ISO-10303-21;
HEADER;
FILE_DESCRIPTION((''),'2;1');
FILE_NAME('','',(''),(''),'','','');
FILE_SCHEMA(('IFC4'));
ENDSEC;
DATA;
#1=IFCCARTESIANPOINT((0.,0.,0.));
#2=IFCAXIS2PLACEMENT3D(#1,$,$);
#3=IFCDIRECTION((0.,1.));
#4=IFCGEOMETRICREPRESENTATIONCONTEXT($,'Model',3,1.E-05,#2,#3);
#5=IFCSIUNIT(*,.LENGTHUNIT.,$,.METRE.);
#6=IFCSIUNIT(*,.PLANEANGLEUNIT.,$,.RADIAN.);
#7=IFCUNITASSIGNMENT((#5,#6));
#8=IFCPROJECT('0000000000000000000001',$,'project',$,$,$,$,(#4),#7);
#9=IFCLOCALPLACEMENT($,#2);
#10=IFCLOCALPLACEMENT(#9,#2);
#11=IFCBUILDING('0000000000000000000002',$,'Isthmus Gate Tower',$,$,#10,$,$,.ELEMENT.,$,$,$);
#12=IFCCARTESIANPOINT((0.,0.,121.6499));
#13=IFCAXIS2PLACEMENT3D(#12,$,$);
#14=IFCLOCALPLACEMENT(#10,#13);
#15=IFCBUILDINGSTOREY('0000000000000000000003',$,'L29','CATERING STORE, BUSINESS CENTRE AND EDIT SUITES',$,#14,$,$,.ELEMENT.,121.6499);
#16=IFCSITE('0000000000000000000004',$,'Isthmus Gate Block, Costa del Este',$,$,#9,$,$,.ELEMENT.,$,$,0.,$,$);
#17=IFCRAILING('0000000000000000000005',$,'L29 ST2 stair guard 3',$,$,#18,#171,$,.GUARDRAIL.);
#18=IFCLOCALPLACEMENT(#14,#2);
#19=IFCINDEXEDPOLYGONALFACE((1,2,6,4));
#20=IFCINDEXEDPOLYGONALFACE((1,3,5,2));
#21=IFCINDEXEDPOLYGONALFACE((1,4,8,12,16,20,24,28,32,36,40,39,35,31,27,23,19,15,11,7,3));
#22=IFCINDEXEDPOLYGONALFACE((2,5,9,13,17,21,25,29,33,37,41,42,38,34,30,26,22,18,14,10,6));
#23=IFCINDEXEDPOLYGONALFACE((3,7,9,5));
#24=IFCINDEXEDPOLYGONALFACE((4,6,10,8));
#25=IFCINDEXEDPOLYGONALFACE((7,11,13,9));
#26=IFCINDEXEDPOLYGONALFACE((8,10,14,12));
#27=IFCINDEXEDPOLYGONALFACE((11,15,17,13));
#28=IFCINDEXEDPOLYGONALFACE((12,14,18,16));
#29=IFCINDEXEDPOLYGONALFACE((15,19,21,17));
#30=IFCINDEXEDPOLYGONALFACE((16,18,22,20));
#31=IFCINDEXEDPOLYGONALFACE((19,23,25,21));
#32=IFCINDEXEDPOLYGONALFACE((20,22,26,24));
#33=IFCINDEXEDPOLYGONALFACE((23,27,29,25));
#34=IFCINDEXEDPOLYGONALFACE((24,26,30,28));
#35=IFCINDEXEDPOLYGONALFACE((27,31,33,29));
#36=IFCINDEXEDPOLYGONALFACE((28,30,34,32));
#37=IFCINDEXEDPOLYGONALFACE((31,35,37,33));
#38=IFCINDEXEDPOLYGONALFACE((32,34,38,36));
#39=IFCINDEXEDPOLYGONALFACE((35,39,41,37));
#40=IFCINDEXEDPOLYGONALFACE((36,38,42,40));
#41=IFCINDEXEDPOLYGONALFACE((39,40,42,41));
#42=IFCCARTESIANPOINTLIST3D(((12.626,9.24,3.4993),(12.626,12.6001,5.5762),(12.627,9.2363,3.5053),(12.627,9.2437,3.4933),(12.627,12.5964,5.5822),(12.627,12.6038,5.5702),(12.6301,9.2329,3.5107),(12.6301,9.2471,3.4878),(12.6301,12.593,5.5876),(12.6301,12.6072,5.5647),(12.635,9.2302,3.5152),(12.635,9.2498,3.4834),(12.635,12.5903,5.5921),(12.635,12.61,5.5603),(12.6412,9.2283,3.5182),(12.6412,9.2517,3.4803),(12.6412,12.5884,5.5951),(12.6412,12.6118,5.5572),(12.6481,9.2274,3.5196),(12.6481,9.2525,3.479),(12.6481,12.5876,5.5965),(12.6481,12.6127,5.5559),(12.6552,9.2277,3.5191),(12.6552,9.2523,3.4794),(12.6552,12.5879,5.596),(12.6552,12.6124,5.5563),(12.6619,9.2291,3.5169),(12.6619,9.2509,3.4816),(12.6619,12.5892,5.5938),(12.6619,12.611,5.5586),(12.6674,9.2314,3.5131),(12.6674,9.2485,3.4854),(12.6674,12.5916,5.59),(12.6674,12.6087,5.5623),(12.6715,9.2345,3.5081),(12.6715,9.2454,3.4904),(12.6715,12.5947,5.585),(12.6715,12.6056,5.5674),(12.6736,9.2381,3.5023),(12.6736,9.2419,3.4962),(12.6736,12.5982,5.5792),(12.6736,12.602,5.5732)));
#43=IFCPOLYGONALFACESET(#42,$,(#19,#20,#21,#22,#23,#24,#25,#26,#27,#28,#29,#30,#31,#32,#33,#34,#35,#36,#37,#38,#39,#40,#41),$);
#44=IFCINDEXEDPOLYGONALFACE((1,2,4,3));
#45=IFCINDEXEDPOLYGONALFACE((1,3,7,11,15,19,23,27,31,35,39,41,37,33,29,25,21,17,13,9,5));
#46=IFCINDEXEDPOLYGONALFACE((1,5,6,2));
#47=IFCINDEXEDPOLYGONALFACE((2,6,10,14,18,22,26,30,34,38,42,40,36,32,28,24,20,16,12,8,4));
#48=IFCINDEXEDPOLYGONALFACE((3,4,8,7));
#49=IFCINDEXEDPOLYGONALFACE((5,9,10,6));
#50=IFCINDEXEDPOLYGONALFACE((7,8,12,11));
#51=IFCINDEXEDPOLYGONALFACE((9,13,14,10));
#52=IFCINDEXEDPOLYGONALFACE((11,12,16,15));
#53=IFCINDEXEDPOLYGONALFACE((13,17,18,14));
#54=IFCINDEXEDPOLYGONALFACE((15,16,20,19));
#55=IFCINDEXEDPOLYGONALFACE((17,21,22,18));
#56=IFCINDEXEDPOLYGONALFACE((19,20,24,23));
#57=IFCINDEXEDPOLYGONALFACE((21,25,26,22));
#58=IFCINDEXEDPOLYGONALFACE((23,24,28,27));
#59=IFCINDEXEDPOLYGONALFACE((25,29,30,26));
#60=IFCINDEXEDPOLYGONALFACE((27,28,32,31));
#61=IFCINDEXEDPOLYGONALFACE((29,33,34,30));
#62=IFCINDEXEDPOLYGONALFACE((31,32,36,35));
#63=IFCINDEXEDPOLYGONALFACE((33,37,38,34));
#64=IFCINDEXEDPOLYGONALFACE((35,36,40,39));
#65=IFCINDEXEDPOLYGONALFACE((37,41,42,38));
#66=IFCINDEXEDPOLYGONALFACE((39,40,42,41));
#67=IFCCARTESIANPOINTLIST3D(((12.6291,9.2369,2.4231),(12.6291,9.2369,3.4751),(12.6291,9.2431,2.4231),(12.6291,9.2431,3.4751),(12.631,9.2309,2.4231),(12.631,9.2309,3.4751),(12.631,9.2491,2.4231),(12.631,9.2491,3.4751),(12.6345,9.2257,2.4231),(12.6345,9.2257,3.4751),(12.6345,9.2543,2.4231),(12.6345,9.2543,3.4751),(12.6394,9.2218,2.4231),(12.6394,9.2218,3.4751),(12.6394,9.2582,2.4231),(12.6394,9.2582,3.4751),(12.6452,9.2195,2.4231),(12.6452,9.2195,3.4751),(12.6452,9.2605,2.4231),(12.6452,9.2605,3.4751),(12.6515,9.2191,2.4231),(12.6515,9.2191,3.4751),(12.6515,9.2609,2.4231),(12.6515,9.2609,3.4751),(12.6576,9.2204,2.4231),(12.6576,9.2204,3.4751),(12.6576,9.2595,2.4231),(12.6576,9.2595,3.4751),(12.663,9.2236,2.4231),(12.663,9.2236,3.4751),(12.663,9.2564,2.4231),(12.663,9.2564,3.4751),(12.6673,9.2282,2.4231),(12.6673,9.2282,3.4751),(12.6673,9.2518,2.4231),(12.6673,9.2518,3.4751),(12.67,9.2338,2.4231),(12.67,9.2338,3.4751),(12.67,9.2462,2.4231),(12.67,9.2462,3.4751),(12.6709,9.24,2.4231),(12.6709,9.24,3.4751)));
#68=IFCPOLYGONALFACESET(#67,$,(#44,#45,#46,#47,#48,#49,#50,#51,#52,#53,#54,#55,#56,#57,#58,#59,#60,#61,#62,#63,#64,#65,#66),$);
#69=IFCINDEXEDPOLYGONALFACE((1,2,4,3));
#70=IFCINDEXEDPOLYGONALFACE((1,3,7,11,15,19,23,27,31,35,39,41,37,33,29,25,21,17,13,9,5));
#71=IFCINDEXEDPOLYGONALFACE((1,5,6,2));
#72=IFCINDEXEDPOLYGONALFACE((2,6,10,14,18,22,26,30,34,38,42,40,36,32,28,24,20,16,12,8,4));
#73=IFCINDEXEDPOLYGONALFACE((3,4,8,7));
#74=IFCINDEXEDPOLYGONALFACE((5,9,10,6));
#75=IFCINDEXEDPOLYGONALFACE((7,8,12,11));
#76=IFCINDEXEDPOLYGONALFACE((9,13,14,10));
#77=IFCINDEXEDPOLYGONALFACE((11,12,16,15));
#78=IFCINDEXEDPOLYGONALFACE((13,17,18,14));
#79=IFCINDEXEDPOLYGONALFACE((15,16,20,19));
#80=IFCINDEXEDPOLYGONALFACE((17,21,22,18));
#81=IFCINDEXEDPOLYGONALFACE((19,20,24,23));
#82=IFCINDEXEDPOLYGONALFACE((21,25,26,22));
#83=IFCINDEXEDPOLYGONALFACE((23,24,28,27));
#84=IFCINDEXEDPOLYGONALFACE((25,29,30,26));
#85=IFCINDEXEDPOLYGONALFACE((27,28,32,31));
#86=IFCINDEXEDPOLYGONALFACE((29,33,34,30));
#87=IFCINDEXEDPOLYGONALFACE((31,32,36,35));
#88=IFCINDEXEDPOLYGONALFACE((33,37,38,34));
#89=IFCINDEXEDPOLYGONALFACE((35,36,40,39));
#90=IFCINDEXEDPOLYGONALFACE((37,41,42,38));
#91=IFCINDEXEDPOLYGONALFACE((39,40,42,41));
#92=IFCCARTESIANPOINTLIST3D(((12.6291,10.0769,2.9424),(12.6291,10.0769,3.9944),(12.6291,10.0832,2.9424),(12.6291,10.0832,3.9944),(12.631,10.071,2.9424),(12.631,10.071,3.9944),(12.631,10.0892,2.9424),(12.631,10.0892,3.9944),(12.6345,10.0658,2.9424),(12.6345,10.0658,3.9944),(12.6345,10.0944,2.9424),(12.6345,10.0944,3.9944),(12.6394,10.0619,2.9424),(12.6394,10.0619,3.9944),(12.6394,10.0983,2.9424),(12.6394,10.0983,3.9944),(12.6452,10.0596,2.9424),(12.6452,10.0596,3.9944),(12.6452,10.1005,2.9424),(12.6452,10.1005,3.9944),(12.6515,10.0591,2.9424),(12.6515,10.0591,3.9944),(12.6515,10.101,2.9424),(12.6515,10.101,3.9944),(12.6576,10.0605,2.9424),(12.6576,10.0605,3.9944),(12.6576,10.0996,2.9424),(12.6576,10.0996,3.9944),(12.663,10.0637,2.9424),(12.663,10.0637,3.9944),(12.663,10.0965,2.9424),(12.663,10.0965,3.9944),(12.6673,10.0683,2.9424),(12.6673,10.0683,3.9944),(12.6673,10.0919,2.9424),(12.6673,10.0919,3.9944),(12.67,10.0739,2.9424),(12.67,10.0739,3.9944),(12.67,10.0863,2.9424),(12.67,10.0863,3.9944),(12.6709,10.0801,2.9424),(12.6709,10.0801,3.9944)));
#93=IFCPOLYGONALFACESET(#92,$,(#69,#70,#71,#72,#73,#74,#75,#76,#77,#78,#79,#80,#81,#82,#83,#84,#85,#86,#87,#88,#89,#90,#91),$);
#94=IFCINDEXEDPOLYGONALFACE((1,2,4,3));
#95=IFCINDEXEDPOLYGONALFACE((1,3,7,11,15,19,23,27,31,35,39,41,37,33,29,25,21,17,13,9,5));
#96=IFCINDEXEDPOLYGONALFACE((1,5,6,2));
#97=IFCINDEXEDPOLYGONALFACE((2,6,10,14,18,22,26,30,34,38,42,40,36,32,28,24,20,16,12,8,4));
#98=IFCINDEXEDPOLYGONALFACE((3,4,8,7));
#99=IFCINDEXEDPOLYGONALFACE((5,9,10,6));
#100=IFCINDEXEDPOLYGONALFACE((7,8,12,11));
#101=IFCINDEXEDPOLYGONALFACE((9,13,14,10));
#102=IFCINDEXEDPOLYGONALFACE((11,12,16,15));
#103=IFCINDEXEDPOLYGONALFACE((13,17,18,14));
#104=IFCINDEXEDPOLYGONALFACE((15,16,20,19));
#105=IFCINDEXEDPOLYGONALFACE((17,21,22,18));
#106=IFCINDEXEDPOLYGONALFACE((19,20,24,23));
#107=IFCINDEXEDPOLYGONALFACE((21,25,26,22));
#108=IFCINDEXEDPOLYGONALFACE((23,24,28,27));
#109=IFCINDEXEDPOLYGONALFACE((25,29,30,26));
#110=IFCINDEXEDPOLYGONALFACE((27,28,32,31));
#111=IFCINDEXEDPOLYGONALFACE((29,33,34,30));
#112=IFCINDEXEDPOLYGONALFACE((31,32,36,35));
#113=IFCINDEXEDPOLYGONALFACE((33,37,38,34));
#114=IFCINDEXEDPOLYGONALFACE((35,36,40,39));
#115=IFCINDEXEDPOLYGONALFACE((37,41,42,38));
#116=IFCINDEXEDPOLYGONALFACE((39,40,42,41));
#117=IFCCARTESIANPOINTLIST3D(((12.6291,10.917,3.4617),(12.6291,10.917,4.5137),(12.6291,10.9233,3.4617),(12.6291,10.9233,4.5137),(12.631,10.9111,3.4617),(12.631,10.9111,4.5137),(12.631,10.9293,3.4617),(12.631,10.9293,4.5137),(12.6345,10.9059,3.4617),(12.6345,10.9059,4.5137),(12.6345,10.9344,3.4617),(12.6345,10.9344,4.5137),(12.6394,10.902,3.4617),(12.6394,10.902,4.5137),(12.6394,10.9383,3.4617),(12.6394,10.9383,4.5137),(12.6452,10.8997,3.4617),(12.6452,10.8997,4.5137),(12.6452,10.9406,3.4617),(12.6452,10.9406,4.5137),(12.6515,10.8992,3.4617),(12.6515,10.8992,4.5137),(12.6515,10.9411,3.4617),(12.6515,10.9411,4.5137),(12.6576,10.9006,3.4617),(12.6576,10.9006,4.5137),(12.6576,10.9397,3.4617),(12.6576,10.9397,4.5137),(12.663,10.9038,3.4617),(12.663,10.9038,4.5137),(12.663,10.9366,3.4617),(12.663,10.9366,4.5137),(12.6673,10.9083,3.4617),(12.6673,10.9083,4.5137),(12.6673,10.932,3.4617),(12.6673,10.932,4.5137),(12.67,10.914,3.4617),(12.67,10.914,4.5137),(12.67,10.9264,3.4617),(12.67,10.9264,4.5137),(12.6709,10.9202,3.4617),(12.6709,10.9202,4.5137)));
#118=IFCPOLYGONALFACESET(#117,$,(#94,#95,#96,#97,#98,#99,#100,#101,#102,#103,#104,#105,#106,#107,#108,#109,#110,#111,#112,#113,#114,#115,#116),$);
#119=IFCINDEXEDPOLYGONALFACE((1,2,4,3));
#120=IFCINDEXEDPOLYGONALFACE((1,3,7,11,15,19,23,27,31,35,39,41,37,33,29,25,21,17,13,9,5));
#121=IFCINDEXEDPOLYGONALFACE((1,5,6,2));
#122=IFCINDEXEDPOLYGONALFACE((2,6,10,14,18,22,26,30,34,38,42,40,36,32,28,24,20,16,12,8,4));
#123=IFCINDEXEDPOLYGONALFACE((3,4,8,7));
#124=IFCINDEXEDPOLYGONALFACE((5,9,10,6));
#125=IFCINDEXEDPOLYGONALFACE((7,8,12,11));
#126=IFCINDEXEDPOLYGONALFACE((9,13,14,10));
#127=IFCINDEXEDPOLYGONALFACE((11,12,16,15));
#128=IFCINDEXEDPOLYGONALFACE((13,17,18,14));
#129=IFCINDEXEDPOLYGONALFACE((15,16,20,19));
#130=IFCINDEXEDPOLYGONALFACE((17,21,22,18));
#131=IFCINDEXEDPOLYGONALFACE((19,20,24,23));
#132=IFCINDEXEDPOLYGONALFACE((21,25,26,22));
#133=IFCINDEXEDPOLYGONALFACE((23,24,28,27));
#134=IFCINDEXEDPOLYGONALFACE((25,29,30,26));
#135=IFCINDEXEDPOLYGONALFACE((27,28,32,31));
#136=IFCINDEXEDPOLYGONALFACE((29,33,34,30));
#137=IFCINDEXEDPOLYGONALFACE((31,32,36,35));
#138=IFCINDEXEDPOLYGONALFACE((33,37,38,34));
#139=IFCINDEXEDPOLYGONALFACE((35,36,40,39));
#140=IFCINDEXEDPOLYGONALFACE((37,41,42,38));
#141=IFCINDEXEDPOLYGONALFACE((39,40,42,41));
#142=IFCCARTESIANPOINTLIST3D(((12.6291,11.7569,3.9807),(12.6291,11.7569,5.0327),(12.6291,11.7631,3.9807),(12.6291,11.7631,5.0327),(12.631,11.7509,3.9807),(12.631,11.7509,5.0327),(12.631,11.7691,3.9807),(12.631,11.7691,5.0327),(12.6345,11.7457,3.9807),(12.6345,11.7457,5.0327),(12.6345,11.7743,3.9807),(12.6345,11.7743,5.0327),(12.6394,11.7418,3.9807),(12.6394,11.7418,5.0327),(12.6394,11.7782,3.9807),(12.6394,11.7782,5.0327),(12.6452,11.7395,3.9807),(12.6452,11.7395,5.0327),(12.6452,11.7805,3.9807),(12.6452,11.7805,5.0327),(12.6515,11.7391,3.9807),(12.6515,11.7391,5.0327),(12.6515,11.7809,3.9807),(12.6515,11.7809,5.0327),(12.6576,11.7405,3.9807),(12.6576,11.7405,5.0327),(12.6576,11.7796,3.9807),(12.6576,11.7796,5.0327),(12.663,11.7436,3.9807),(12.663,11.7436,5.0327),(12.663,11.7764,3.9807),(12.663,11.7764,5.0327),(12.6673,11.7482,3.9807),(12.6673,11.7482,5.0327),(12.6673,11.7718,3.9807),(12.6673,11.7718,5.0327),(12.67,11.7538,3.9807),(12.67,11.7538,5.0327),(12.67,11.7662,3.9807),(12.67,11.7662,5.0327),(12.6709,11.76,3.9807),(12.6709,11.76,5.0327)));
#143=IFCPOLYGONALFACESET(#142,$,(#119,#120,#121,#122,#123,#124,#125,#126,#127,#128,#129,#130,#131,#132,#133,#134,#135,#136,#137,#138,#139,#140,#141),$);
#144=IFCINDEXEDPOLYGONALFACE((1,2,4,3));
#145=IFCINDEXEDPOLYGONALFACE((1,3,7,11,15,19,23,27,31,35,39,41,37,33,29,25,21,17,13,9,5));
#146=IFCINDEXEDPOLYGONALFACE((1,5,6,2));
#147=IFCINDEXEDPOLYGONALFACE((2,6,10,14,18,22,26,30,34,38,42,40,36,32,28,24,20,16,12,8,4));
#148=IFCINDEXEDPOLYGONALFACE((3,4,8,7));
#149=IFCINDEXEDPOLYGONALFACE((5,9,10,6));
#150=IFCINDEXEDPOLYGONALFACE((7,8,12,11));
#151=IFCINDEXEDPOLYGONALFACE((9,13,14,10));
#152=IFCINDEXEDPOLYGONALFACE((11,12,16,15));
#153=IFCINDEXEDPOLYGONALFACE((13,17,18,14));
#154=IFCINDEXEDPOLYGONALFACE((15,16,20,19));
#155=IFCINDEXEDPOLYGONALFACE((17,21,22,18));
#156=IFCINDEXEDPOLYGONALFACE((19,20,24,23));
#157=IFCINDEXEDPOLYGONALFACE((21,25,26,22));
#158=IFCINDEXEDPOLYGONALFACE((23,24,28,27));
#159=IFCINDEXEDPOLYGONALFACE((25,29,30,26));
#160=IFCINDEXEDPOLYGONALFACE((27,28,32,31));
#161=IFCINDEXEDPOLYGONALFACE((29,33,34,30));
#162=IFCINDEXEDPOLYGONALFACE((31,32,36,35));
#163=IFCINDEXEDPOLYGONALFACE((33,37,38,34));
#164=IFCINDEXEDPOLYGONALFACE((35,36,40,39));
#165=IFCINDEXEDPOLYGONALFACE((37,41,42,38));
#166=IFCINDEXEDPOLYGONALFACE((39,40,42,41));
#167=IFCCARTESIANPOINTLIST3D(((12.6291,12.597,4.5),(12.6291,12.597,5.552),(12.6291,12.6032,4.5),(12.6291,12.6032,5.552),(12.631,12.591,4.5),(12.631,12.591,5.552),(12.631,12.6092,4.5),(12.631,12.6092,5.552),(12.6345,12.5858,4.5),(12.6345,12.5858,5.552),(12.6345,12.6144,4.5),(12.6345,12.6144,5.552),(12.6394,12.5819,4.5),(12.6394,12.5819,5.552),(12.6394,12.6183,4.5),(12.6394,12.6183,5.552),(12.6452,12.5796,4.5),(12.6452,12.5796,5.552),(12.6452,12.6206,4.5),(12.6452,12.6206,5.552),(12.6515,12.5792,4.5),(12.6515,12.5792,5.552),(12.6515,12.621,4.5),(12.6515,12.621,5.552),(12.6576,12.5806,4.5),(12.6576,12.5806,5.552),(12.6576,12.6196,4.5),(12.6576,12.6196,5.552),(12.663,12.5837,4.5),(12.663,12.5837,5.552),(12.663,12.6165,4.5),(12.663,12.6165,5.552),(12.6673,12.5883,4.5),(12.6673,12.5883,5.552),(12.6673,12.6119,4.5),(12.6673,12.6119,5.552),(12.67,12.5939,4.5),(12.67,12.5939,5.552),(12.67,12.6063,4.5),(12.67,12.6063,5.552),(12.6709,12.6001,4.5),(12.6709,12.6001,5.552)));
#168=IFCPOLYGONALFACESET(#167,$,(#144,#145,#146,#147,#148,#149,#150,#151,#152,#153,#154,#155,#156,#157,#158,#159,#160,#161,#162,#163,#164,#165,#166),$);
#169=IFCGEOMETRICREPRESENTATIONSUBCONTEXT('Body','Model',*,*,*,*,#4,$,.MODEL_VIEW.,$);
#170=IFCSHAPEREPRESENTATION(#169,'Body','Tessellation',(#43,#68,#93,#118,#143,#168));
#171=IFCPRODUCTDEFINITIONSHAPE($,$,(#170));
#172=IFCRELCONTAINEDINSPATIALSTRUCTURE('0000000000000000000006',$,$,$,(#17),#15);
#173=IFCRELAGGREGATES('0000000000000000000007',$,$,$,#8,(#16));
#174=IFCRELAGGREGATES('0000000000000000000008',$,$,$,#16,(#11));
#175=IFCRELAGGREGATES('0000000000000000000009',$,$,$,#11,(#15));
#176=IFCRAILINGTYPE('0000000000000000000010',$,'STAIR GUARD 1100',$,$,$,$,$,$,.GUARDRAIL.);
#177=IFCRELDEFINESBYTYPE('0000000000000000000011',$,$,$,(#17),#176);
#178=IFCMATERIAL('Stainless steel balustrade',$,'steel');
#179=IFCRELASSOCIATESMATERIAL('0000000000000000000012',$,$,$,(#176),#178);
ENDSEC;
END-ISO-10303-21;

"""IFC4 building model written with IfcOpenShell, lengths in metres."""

from ifc_helpers import new_model, si_unit, direction, frame, origin, origin_2d, place, context, subcontext, project, spatial, circle, extrude, material, type_object, element, save


model = new_model("IFC4")

# Units and contexts
model_context = context("Model", 3, precision=1e-05, world=origin(), true_north=direction((0.0, 1.0)))
body_context = subcontext(model_context, "Body", "Model", "MODEL_VIEW")
ifc_project = project(units=[si_unit("LENGTHUNIT", "METRE"), si_unit("PLANEANGLEUNIT", "RADIAN")], contexts=[model_context])

# Site, building, storey
site_placement = place(None, origin())
site = spatial("IfcSite", under=ifc_project, at=site_placement, Name="Isthmus Gate Block, Costa del Este", CompositionType="ELEMENT", RefElevation=0.0)
building_placement = place(site_placement, origin())
building = spatial("IfcBuilding", under=site, at=building_placement, Name="Isthmus Gate Tower", CompositionType="ELEMENT")
storey_placement = place(building_placement, frame((0.0, 0.0, 121.6499)))
storey = spatial("IfcBuildingStorey", under=building, at=storey_placement, Name="L29", Description="CATERING STORE, BUSINESS CENTRE AND EDIT SUITES", CompositionType="ELEMENT", Elevation=121.6499)

# Railing
ifc_material_1 = material(Name="Stainless steel balustrade", Category="steel")
railing_type_1 = type_object("IfcRailingType", Name="STAIR GUARD 1100", PredefinedType="GUARDRAIL", material=ifc_material_1)
for number, where, name in (
    (1, (12.6499, 9.24, 2.4231), "L29 ST2 stair guard 3"),
):
    element("IfcRailing", number, at=place(storey_placement, frame(where)), inside=storey, type_object=railing_type_1, Name=name, PredefinedType="GUARDRAIL", context=body_context, shape_type="SweptSolid", body=[
        extrude(circle(Radius=0.0239, at=origin_2d()), frame((0.0, 0.0, 1.0762), z_axis=(0.0, 0.850623, 0.525776), x_axis=(-1.0, 0.0, 0.0)), (0.0, 0.0, 1.0), 3.9502),
        extrude(circle(Radius=0.021, at=origin_2d()), origin(), (0.0, 0.0, 1.0), 1.052),
        extrude(circle(Radius=0.021, at=origin_2d()), frame((0.0, 0.8401, 0.5193)), (0.0, 0.0, 1.0), 1.052),
        extrude(circle(Radius=0.021, at=origin_2d()), frame((0.0, 1.6802, 1.0386)), (0.0, 0.0, 1.0), 1.052),
        extrude(circle(Radius=0.021, at=origin_2d()), frame((0.0, 2.52, 1.5576)), (0.0, 0.0, 1.0), 1.052),
        extrude(circle(Radius=0.021, at=origin_2d()), frame((0.0, 3.3601, 2.0769)), (0.0, 0.0, 1.0), 1.052),
    ])

save(model, "model.ifc")
